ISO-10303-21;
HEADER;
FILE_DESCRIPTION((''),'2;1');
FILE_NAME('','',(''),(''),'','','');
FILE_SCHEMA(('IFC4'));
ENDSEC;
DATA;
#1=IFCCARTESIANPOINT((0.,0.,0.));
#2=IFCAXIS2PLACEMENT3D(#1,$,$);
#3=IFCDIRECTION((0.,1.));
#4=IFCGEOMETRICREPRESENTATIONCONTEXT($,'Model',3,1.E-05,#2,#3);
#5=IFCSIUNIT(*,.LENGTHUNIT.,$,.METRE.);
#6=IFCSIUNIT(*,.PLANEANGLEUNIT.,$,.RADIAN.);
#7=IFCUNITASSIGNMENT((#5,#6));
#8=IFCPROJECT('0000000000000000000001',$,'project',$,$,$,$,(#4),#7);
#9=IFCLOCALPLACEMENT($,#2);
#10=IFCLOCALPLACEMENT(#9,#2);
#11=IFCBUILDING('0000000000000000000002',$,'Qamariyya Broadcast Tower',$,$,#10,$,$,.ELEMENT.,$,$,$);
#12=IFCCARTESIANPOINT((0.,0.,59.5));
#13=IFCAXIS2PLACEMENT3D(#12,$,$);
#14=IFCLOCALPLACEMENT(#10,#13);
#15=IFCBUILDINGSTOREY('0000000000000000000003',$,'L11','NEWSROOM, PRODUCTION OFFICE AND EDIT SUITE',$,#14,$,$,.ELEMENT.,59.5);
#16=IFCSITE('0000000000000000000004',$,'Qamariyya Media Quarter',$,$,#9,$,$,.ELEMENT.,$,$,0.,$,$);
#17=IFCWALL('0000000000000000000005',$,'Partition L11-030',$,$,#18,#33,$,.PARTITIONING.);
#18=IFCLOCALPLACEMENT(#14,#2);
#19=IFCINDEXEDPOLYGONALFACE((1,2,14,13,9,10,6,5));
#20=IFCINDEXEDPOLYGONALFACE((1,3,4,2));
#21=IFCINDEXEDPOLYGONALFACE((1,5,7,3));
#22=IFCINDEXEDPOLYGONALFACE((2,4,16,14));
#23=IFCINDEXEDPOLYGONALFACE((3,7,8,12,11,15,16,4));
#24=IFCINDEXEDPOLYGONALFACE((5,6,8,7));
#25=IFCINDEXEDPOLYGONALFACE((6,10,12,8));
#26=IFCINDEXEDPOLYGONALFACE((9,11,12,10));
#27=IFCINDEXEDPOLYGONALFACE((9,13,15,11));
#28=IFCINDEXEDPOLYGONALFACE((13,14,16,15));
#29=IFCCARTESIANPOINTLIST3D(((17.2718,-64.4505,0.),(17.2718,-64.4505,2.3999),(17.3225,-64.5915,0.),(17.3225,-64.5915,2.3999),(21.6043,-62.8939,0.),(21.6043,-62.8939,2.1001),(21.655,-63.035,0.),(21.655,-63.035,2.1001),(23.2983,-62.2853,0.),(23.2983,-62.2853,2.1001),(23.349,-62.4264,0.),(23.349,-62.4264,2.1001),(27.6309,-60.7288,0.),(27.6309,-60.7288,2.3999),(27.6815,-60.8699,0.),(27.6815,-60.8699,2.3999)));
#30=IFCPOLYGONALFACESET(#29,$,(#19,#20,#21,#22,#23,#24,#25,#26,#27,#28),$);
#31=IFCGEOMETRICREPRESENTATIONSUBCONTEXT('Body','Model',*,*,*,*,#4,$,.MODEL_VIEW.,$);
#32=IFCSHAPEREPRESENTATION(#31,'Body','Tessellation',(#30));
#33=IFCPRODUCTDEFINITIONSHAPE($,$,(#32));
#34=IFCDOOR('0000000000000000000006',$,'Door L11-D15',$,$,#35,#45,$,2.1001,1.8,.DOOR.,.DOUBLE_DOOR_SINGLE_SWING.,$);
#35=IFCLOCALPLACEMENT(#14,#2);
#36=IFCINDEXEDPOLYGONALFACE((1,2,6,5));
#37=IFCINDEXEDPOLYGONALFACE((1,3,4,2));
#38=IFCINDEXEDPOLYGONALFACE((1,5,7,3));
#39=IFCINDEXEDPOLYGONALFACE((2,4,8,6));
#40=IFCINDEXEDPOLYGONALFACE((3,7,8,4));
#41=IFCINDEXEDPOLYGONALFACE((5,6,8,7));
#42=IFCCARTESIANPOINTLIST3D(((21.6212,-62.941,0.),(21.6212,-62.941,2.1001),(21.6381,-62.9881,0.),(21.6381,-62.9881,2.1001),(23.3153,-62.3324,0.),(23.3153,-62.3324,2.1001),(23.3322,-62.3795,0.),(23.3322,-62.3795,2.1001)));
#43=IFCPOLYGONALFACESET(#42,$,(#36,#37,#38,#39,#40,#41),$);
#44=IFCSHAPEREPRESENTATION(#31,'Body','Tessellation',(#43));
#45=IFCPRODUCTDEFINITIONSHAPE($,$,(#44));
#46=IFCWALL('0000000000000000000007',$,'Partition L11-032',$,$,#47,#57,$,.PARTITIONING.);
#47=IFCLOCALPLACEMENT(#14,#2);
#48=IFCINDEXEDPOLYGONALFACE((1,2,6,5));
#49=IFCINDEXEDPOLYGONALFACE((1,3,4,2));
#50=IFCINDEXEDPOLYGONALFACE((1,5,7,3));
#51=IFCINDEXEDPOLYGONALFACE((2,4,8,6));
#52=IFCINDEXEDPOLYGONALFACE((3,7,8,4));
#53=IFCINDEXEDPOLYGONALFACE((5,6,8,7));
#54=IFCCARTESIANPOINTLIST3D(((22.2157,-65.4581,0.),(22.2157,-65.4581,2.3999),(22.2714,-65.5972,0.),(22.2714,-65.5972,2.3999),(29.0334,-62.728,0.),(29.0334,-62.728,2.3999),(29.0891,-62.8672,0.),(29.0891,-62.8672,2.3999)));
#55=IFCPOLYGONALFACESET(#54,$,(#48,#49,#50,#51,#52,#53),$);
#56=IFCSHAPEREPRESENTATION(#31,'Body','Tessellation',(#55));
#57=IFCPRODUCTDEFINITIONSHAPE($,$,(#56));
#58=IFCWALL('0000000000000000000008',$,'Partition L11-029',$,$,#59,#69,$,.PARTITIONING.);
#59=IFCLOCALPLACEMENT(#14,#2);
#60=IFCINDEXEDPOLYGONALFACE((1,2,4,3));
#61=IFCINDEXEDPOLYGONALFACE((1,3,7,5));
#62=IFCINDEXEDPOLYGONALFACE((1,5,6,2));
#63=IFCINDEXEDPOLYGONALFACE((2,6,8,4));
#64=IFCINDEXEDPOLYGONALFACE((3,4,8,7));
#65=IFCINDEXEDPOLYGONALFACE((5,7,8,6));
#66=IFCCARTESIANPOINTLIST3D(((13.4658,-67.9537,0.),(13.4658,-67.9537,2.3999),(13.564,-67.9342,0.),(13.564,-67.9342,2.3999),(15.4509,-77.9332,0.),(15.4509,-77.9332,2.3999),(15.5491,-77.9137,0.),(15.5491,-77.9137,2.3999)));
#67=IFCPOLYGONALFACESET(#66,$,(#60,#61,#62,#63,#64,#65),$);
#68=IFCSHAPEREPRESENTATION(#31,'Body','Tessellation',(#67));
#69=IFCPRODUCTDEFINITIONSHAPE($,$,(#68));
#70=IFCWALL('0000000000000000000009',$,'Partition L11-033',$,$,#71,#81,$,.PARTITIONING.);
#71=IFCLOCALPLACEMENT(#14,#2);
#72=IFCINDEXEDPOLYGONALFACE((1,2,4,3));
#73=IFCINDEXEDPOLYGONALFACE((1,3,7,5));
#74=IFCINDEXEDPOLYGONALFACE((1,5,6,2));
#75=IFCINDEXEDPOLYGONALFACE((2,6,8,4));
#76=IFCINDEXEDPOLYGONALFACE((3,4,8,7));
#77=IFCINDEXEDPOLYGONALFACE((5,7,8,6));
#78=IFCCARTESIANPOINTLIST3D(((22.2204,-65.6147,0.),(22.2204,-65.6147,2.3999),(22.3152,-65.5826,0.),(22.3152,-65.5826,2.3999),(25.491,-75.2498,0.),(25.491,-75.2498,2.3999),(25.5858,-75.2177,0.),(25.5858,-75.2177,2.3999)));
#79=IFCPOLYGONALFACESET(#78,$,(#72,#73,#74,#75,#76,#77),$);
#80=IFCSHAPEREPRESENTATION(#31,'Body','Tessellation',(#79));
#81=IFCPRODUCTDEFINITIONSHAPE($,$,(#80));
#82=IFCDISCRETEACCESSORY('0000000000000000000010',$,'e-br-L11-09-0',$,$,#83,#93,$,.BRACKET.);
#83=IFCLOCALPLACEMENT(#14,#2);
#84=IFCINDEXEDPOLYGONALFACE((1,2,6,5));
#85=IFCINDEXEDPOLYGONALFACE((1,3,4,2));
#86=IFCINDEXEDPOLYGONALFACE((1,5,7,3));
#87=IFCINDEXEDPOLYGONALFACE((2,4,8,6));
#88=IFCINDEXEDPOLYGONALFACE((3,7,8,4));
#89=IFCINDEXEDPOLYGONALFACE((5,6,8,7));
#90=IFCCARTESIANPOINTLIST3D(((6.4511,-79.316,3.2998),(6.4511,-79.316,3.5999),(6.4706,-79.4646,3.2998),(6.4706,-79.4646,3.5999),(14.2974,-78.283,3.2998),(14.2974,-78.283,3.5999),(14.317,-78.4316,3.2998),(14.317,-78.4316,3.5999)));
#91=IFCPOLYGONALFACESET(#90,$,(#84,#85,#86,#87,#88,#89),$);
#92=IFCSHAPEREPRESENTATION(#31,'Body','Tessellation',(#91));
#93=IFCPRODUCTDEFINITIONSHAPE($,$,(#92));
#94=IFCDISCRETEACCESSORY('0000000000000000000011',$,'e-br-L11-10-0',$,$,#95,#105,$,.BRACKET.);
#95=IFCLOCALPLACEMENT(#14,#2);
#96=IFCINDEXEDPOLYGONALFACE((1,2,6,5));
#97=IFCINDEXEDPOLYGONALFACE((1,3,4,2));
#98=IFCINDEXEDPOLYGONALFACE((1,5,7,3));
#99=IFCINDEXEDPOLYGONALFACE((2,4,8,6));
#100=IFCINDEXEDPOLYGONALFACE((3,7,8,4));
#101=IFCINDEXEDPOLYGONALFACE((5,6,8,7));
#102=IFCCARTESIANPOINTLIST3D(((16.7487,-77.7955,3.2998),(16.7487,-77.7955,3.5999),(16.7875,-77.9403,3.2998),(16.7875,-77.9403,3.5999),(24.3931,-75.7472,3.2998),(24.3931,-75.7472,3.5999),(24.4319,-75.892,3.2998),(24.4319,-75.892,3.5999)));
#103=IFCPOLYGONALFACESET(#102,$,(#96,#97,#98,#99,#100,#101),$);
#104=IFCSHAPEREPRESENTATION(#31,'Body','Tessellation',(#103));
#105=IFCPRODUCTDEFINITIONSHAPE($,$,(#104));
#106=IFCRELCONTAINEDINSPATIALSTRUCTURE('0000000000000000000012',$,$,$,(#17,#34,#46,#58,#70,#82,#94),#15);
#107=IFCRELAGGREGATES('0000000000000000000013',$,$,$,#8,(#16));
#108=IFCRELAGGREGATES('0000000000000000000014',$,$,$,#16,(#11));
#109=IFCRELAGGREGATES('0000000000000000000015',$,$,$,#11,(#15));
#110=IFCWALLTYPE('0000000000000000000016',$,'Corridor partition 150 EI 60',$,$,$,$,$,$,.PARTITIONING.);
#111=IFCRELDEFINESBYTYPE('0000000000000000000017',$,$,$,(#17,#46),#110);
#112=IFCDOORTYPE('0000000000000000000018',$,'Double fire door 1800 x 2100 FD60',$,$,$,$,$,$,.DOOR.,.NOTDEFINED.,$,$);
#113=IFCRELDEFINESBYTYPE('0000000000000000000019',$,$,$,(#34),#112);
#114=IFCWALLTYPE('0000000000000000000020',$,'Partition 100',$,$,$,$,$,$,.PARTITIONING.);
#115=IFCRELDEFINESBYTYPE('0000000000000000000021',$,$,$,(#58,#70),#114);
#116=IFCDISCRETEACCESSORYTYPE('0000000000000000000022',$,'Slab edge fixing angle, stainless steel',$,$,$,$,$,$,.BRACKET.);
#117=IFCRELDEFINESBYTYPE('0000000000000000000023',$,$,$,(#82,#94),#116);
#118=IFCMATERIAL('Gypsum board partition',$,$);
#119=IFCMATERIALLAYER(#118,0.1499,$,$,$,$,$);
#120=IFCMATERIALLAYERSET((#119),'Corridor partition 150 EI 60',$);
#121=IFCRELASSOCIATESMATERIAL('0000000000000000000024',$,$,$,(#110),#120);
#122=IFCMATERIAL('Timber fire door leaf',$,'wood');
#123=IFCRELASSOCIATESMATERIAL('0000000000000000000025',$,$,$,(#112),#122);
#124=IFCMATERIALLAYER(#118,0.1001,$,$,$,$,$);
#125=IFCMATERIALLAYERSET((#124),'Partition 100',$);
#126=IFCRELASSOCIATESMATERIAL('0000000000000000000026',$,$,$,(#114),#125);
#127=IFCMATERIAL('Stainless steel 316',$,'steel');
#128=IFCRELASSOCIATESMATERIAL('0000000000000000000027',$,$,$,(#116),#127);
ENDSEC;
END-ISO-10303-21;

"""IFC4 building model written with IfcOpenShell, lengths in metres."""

from ifc_helpers import new_model, si_unit, direction, frame, frame_2d, origin, origin_2d, place, context, subcontext, project, spatial, rectangle, extrude, material, layer, layer_set, type_object, element, fill, save


model = new_model("IFC4")

# Units and contexts
model_context = context("Model", 3, precision=1e-05, world=origin(), true_north=direction((0.0, 1.0)))
body_context = subcontext(model_context, "Body", "Model", "MODEL_VIEW")
ifc_project = project(units=[si_unit("LENGTHUNIT", "METRE"), si_unit("PLANEANGLEUNIT", "RADIAN")], contexts=[model_context])

# Site, building, storey
site_placement = place(None, origin())
site = spatial("IfcSite", under=ifc_project, at=site_placement, Name="Qamariyya Media Quarter", CompositionType="ELEMENT", RefElevation=0.0)
building_placement = place(site_placement, origin())
building = spatial("IfcBuilding", under=site, at=building_placement, Name="Qamariyya Broadcast Tower", CompositionType="ELEMENT")
storey_placement = place(building_placement, frame((0.0, 0.0, 59.5)))
storey = spatial("IfcBuildingStorey", under=building, at=storey_placement, Name="L11", Description="NEWSROOM, PRODUCTION OFFICE AND EDIT SUITE", CompositionType="ELEMENT", Elevation=59.5)

# Wall, opening, door
ifc_material_1 = material(Name="Gypsum board partition")
ifc_layer_1 = layer(ifc_material_1, 0.1499)
ifc_layer_set_1 = layer_set([ifc_layer_1], Name="Corridor partition 150 EI 60")
wall_type_1 = type_object("IfcWallType", Name="Corridor partition 150 EI 60", PredefinedType="PARTITIONING", material=ifc_layer_set_1)
ifc_material_2 = material(Name="Timber fire door leaf", Category="wood")
wall_1_placement = place(storey_placement, frame((17.2971, -64.521, 0.0), z_axis=(0.0, 0.0, 1.0), x_axis=(0.941107, 0.338108, 0.0)))
wall_1 = element("IfcWall", 1, at=wall_1_placement, inside=storey, type_object=wall_type_1, Name="Partition L11-030", PredefinedType="PARTITIONING", context=body_context, shape_type="SweptSolid", body=[
    extrude(rectangle(XDim=11.0073, YDim=0.1499, at=frame_2d((5.5037, 0.0))), origin(), (0.0, 0.0, 1.0), 2.3999),
])
opening_1_placement = place(wall_1_placement, frame((4.6038, 0.0, 0.0)))
opening_1 = element("IfcOpeningElement", 2, at=opening_1_placement, cuts=wall_1, PredefinedType="OPENING", context=body_context, shape_type="SweptSolid", body=[
    extrude(rectangle(XDim=1.8, YDim=2.1001, at=frame_2d((0.8999, 1.05))), frame((0.0, 0.085, 0.0), z_axis=(0.0, -1.0, 0.0), x_axis=(1.0, 0.0, 0.0)), (0.0, 0.0, 1.0), 0.1699),
])
door_type_1 = type_object("IfcDoorType", Name="Double fire door 1800 x 2100 FD60", OperationType="NOTDEFINED", PredefinedType="DOOR", material=ifc_material_2)
door_1_placement = place(opening_1_placement, origin())
door_1 = element("IfcDoor", 3, at=door_1_placement, inside=storey, type_object=door_type_1, Name="Door L11-D15", OperationType="DOUBLE_DOOR_SINGLE_SWING", OverallHeight=2.1001, OverallWidth=1.8, PredefinedType="DOOR", context=body_context, shape_type="SweptSolid", body=[
    extrude(rectangle(XDim=1.8, YDim=2.1001, at=frame_2d((0.8999, 1.05))), frame((0.0, 0.0249, 0.0), z_axis=(0.0, -1.0, 0.0), x_axis=(1.0, 0.0, 0.0)), (0.0, 0.0, 1.0), 0.05),
])
fill(opening_1, door_1)

# Walls
wall_2_placement = place(storey_placement, frame((22.2437, -65.5276, 0.0), z_axis=(0.0, 0.0, 1.0), x_axis=(0.928339, 0.371735, 0.0)))
element("IfcWall", 4, at=wall_2_placement, inside=storey, type_object=wall_type_1, Name="Partition L11-032", PredefinedType="PARTITIONING", context=body_context, shape_type="SweptSolid", body=[
    extrude(rectangle(XDim=7.344, YDim=0.1499, at=frame_2d((3.6719, 0.0))), origin(), (0.0, 0.0, 1.0), 2.3999),
])
ifc_layer_2 = layer(ifc_material_1, 0.1001)
ifc_layer_set_2 = layer_set([ifc_layer_2], Name="Partition 100")
wall_type_2 = type_object("IfcWallType", Name="Partition 100", PredefinedType="PARTITIONING", material=ifc_layer_set_2)
for number, where, z_axis, x_axis, name in (
    (5, (15.5, -77.9233, 0.0), (0.0, 0.0, 1.0), (-0.195096, 0.980784, 0.0), "Partition L11-029"),
    (6, (25.5383, -75.2336, 0.0), (0.0, 0.0, 1.0), (-0.321427, 0.946934, 0.0), "Partition L11-033"),
):
    element("IfcWall", number, at=place(storey_placement, frame(where, z_axis=z_axis, x_axis=x_axis)), inside=storey, type_object=wall_type_2, Name=name, PredefinedType="PARTITIONING", context=body_context, shape_type="SweptSolid", body=[
        extrude(rectangle(XDim=10.175, YDim=0.1001, at=frame_2d((5.0874, 0.0))), origin(), (0.0, 0.0, 1.0), 2.3999),
    ])

# Discrete accessories
ifc_material_3 = material(Name="Stainless steel 316", Category="steel")
discrete_accessory_type = type_object("IfcDiscreteAccessoryType", Name="Slab edge fixing angle, stainless steel", PredefinedType="BRACKET", material=ifc_material_3)
for number, where, z_axis, x_axis, name in (
    (7, (10.384, -78.8738, 3.2998), (0.0, 0.0, 1.0), (0.991445, 0.130526, 0.0), "e-br-L11-09-0"),
    (8, (20.5903, -76.8438, 3.2998), (0.0, 0.0, 1.0), (0.965926, 0.258819, 0.0), "e-br-L11-10-0"),
):
    element("IfcDiscreteAccessory", number, at=place(storey_placement, frame(where, z_axis=z_axis, x_axis=x_axis)), inside=storey, type_object=discrete_accessory_type, Name=name, PredefinedType="BRACKET", context=body_context, shape_type="SweptSolid", body=[
        extrude(rectangle(XDim=7.9141, YDim=0.1499, at=origin_2d()), origin(), (0.0, 0.0, 1.0), 0.3),
    ])

save(model, "model.ifc")
